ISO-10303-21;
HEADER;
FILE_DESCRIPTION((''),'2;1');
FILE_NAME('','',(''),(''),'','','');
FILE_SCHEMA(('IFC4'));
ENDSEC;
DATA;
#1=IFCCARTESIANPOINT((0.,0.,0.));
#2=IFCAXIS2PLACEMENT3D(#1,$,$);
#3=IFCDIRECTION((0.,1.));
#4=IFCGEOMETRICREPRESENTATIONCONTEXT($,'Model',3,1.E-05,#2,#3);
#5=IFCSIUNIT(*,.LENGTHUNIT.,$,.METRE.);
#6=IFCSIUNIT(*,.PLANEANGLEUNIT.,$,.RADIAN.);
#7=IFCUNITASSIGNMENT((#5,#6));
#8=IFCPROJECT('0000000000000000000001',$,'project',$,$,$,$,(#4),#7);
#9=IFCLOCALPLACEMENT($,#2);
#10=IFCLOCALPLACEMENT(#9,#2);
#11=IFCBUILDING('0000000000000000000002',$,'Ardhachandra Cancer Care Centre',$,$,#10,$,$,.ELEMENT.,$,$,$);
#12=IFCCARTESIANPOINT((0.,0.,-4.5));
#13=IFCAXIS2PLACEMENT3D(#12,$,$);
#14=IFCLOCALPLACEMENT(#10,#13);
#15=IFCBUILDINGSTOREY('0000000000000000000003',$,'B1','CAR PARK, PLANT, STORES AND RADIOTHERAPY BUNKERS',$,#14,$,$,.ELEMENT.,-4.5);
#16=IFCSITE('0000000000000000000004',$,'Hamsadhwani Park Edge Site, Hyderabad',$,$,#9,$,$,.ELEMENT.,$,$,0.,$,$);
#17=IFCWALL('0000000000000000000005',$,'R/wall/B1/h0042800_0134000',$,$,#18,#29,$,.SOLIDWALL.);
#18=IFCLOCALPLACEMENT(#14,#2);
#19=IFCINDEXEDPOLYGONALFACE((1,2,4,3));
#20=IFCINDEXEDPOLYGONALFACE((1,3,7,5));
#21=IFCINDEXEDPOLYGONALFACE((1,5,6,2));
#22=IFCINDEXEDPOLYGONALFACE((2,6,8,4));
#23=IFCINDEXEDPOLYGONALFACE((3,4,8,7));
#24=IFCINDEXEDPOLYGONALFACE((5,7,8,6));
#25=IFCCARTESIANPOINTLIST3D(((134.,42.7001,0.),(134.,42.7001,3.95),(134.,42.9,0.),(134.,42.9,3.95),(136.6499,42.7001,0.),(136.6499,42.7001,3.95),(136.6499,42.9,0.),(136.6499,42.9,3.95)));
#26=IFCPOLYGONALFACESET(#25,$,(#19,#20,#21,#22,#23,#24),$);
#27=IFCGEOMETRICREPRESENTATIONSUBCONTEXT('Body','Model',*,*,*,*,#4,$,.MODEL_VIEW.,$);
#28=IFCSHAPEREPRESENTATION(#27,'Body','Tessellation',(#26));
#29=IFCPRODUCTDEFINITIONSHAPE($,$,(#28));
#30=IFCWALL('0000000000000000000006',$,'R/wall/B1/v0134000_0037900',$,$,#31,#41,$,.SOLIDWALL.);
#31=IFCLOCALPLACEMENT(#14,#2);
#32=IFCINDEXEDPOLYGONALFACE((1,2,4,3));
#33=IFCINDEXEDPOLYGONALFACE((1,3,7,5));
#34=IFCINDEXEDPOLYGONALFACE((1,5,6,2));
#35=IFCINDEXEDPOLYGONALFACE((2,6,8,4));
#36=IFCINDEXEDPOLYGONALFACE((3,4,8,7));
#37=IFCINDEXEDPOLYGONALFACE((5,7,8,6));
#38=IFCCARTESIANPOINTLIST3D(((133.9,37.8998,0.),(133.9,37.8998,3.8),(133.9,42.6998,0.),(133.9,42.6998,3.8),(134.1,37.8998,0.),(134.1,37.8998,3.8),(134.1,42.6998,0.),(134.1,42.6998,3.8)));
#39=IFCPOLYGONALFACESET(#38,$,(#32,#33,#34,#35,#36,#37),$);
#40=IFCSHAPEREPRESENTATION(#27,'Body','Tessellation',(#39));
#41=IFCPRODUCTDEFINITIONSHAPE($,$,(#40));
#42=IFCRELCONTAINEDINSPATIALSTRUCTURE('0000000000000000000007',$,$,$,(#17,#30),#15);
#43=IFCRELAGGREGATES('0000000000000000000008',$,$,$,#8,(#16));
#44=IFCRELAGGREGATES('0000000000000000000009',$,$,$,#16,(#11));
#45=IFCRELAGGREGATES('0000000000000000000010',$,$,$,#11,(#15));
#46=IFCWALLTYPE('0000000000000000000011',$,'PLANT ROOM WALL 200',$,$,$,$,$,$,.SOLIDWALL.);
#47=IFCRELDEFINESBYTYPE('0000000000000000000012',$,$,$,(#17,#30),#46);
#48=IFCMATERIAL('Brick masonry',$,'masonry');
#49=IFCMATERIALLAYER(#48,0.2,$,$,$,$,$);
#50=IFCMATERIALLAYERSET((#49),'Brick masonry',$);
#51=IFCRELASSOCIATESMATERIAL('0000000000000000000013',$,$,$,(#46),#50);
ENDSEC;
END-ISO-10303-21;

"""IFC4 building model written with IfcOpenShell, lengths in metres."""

from ifc_helpers import new_model, si_unit, direction, frame, frame_2d, origin, place, context, subcontext, project, spatial, rectangle, extrude, material, layer, layer_set, type_object, element, save


model = new_model("IFC4")

# Units and contexts
model_context = context("Model", 3, precision=1e-05, world=origin(), true_north=direction((0.0, 1.0)))
body_context = subcontext(model_context, "Body", "Model", "MODEL_VIEW")
ifc_project = project(units=[si_unit("LENGTHUNIT", "METRE"), si_unit("PLANEANGLEUNIT", "RADIAN")], contexts=[model_context])

# Site, building, storey
site_placement = place(None, origin())
site = spatial("IfcSite", under=ifc_project, at=site_placement, Name="Hamsadhwani Park Edge Site, Hyderabad", CompositionType="ELEMENT", RefElevation=0.0)
building_placement = place(site_placement, origin())
building = spatial("IfcBuilding", under=site, at=building_placement, Name="Ardhachandra Cancer Care Centre", CompositionType="ELEMENT")
storey_placement = place(building_placement, frame((0.0, 0.0, -4.5)))
storey = spatial("IfcBuildingStorey", under=building, at=storey_placement, Name="B1", Description="CAR PARK, PLANT, STORES AND RADIOTHERAPY BUNKERS", CompositionType="ELEMENT", Elevation=-4.5)

# Shared definitions
ifc_material_1 = material(Name="Brick masonry", Category="masonry")
ifc_layer_1 = layer(ifc_material_1, 0.2)
ifc_layer_set_1 = layer_set([ifc_layer_1], Name="Brick masonry")
wall_type_1 = type_object("IfcWallType", Name="PLANT ROOM WALL 200", PredefinedType="SOLIDWALL", material=ifc_layer_set_1)

# Walls
wall_1_placement = place(storey_placement, frame((134.0, 42.8, 0.0), z_axis=(0.0, 0.0, 1.0), x_axis=(1.0, 0.0, 0.0)))
element("IfcWall", 1, at=wall_1_placement, inside=storey, type_object=wall_type_1, Name="R/wall/B1/h0042800_0134000", PredefinedType="SOLIDWALL", context=body_context, shape_type="SweptSolid", body=[
    extrude(rectangle(XDim=2.6499, YDim=0.2, at=frame_2d((1.325, 0.0))), origin(), (0.0, 0.0, 1.0), 3.95),
])
wall_2_placement = place(storey_placement, frame((134.0, 37.8999, 0.0), z_axis=(0.0, 0.0, 1.0), x_axis=(0.0, 1.0, 0.0)))
element("IfcWall", 2, at=wall_2_placement, inside=storey, type_object=wall_type_1, Name="R/wall/B1/v0134000_0037900", PredefinedType="SOLIDWALL", context=body_context, shape_type="SweptSolid", body=[
    extrude(rectangle(XDim=4.8, YDim=0.2, at=frame_2d((2.3999, 0.0))), origin(), (0.0, 0.0, 1.0), 3.8),
])

save(model, "model.ifc")
